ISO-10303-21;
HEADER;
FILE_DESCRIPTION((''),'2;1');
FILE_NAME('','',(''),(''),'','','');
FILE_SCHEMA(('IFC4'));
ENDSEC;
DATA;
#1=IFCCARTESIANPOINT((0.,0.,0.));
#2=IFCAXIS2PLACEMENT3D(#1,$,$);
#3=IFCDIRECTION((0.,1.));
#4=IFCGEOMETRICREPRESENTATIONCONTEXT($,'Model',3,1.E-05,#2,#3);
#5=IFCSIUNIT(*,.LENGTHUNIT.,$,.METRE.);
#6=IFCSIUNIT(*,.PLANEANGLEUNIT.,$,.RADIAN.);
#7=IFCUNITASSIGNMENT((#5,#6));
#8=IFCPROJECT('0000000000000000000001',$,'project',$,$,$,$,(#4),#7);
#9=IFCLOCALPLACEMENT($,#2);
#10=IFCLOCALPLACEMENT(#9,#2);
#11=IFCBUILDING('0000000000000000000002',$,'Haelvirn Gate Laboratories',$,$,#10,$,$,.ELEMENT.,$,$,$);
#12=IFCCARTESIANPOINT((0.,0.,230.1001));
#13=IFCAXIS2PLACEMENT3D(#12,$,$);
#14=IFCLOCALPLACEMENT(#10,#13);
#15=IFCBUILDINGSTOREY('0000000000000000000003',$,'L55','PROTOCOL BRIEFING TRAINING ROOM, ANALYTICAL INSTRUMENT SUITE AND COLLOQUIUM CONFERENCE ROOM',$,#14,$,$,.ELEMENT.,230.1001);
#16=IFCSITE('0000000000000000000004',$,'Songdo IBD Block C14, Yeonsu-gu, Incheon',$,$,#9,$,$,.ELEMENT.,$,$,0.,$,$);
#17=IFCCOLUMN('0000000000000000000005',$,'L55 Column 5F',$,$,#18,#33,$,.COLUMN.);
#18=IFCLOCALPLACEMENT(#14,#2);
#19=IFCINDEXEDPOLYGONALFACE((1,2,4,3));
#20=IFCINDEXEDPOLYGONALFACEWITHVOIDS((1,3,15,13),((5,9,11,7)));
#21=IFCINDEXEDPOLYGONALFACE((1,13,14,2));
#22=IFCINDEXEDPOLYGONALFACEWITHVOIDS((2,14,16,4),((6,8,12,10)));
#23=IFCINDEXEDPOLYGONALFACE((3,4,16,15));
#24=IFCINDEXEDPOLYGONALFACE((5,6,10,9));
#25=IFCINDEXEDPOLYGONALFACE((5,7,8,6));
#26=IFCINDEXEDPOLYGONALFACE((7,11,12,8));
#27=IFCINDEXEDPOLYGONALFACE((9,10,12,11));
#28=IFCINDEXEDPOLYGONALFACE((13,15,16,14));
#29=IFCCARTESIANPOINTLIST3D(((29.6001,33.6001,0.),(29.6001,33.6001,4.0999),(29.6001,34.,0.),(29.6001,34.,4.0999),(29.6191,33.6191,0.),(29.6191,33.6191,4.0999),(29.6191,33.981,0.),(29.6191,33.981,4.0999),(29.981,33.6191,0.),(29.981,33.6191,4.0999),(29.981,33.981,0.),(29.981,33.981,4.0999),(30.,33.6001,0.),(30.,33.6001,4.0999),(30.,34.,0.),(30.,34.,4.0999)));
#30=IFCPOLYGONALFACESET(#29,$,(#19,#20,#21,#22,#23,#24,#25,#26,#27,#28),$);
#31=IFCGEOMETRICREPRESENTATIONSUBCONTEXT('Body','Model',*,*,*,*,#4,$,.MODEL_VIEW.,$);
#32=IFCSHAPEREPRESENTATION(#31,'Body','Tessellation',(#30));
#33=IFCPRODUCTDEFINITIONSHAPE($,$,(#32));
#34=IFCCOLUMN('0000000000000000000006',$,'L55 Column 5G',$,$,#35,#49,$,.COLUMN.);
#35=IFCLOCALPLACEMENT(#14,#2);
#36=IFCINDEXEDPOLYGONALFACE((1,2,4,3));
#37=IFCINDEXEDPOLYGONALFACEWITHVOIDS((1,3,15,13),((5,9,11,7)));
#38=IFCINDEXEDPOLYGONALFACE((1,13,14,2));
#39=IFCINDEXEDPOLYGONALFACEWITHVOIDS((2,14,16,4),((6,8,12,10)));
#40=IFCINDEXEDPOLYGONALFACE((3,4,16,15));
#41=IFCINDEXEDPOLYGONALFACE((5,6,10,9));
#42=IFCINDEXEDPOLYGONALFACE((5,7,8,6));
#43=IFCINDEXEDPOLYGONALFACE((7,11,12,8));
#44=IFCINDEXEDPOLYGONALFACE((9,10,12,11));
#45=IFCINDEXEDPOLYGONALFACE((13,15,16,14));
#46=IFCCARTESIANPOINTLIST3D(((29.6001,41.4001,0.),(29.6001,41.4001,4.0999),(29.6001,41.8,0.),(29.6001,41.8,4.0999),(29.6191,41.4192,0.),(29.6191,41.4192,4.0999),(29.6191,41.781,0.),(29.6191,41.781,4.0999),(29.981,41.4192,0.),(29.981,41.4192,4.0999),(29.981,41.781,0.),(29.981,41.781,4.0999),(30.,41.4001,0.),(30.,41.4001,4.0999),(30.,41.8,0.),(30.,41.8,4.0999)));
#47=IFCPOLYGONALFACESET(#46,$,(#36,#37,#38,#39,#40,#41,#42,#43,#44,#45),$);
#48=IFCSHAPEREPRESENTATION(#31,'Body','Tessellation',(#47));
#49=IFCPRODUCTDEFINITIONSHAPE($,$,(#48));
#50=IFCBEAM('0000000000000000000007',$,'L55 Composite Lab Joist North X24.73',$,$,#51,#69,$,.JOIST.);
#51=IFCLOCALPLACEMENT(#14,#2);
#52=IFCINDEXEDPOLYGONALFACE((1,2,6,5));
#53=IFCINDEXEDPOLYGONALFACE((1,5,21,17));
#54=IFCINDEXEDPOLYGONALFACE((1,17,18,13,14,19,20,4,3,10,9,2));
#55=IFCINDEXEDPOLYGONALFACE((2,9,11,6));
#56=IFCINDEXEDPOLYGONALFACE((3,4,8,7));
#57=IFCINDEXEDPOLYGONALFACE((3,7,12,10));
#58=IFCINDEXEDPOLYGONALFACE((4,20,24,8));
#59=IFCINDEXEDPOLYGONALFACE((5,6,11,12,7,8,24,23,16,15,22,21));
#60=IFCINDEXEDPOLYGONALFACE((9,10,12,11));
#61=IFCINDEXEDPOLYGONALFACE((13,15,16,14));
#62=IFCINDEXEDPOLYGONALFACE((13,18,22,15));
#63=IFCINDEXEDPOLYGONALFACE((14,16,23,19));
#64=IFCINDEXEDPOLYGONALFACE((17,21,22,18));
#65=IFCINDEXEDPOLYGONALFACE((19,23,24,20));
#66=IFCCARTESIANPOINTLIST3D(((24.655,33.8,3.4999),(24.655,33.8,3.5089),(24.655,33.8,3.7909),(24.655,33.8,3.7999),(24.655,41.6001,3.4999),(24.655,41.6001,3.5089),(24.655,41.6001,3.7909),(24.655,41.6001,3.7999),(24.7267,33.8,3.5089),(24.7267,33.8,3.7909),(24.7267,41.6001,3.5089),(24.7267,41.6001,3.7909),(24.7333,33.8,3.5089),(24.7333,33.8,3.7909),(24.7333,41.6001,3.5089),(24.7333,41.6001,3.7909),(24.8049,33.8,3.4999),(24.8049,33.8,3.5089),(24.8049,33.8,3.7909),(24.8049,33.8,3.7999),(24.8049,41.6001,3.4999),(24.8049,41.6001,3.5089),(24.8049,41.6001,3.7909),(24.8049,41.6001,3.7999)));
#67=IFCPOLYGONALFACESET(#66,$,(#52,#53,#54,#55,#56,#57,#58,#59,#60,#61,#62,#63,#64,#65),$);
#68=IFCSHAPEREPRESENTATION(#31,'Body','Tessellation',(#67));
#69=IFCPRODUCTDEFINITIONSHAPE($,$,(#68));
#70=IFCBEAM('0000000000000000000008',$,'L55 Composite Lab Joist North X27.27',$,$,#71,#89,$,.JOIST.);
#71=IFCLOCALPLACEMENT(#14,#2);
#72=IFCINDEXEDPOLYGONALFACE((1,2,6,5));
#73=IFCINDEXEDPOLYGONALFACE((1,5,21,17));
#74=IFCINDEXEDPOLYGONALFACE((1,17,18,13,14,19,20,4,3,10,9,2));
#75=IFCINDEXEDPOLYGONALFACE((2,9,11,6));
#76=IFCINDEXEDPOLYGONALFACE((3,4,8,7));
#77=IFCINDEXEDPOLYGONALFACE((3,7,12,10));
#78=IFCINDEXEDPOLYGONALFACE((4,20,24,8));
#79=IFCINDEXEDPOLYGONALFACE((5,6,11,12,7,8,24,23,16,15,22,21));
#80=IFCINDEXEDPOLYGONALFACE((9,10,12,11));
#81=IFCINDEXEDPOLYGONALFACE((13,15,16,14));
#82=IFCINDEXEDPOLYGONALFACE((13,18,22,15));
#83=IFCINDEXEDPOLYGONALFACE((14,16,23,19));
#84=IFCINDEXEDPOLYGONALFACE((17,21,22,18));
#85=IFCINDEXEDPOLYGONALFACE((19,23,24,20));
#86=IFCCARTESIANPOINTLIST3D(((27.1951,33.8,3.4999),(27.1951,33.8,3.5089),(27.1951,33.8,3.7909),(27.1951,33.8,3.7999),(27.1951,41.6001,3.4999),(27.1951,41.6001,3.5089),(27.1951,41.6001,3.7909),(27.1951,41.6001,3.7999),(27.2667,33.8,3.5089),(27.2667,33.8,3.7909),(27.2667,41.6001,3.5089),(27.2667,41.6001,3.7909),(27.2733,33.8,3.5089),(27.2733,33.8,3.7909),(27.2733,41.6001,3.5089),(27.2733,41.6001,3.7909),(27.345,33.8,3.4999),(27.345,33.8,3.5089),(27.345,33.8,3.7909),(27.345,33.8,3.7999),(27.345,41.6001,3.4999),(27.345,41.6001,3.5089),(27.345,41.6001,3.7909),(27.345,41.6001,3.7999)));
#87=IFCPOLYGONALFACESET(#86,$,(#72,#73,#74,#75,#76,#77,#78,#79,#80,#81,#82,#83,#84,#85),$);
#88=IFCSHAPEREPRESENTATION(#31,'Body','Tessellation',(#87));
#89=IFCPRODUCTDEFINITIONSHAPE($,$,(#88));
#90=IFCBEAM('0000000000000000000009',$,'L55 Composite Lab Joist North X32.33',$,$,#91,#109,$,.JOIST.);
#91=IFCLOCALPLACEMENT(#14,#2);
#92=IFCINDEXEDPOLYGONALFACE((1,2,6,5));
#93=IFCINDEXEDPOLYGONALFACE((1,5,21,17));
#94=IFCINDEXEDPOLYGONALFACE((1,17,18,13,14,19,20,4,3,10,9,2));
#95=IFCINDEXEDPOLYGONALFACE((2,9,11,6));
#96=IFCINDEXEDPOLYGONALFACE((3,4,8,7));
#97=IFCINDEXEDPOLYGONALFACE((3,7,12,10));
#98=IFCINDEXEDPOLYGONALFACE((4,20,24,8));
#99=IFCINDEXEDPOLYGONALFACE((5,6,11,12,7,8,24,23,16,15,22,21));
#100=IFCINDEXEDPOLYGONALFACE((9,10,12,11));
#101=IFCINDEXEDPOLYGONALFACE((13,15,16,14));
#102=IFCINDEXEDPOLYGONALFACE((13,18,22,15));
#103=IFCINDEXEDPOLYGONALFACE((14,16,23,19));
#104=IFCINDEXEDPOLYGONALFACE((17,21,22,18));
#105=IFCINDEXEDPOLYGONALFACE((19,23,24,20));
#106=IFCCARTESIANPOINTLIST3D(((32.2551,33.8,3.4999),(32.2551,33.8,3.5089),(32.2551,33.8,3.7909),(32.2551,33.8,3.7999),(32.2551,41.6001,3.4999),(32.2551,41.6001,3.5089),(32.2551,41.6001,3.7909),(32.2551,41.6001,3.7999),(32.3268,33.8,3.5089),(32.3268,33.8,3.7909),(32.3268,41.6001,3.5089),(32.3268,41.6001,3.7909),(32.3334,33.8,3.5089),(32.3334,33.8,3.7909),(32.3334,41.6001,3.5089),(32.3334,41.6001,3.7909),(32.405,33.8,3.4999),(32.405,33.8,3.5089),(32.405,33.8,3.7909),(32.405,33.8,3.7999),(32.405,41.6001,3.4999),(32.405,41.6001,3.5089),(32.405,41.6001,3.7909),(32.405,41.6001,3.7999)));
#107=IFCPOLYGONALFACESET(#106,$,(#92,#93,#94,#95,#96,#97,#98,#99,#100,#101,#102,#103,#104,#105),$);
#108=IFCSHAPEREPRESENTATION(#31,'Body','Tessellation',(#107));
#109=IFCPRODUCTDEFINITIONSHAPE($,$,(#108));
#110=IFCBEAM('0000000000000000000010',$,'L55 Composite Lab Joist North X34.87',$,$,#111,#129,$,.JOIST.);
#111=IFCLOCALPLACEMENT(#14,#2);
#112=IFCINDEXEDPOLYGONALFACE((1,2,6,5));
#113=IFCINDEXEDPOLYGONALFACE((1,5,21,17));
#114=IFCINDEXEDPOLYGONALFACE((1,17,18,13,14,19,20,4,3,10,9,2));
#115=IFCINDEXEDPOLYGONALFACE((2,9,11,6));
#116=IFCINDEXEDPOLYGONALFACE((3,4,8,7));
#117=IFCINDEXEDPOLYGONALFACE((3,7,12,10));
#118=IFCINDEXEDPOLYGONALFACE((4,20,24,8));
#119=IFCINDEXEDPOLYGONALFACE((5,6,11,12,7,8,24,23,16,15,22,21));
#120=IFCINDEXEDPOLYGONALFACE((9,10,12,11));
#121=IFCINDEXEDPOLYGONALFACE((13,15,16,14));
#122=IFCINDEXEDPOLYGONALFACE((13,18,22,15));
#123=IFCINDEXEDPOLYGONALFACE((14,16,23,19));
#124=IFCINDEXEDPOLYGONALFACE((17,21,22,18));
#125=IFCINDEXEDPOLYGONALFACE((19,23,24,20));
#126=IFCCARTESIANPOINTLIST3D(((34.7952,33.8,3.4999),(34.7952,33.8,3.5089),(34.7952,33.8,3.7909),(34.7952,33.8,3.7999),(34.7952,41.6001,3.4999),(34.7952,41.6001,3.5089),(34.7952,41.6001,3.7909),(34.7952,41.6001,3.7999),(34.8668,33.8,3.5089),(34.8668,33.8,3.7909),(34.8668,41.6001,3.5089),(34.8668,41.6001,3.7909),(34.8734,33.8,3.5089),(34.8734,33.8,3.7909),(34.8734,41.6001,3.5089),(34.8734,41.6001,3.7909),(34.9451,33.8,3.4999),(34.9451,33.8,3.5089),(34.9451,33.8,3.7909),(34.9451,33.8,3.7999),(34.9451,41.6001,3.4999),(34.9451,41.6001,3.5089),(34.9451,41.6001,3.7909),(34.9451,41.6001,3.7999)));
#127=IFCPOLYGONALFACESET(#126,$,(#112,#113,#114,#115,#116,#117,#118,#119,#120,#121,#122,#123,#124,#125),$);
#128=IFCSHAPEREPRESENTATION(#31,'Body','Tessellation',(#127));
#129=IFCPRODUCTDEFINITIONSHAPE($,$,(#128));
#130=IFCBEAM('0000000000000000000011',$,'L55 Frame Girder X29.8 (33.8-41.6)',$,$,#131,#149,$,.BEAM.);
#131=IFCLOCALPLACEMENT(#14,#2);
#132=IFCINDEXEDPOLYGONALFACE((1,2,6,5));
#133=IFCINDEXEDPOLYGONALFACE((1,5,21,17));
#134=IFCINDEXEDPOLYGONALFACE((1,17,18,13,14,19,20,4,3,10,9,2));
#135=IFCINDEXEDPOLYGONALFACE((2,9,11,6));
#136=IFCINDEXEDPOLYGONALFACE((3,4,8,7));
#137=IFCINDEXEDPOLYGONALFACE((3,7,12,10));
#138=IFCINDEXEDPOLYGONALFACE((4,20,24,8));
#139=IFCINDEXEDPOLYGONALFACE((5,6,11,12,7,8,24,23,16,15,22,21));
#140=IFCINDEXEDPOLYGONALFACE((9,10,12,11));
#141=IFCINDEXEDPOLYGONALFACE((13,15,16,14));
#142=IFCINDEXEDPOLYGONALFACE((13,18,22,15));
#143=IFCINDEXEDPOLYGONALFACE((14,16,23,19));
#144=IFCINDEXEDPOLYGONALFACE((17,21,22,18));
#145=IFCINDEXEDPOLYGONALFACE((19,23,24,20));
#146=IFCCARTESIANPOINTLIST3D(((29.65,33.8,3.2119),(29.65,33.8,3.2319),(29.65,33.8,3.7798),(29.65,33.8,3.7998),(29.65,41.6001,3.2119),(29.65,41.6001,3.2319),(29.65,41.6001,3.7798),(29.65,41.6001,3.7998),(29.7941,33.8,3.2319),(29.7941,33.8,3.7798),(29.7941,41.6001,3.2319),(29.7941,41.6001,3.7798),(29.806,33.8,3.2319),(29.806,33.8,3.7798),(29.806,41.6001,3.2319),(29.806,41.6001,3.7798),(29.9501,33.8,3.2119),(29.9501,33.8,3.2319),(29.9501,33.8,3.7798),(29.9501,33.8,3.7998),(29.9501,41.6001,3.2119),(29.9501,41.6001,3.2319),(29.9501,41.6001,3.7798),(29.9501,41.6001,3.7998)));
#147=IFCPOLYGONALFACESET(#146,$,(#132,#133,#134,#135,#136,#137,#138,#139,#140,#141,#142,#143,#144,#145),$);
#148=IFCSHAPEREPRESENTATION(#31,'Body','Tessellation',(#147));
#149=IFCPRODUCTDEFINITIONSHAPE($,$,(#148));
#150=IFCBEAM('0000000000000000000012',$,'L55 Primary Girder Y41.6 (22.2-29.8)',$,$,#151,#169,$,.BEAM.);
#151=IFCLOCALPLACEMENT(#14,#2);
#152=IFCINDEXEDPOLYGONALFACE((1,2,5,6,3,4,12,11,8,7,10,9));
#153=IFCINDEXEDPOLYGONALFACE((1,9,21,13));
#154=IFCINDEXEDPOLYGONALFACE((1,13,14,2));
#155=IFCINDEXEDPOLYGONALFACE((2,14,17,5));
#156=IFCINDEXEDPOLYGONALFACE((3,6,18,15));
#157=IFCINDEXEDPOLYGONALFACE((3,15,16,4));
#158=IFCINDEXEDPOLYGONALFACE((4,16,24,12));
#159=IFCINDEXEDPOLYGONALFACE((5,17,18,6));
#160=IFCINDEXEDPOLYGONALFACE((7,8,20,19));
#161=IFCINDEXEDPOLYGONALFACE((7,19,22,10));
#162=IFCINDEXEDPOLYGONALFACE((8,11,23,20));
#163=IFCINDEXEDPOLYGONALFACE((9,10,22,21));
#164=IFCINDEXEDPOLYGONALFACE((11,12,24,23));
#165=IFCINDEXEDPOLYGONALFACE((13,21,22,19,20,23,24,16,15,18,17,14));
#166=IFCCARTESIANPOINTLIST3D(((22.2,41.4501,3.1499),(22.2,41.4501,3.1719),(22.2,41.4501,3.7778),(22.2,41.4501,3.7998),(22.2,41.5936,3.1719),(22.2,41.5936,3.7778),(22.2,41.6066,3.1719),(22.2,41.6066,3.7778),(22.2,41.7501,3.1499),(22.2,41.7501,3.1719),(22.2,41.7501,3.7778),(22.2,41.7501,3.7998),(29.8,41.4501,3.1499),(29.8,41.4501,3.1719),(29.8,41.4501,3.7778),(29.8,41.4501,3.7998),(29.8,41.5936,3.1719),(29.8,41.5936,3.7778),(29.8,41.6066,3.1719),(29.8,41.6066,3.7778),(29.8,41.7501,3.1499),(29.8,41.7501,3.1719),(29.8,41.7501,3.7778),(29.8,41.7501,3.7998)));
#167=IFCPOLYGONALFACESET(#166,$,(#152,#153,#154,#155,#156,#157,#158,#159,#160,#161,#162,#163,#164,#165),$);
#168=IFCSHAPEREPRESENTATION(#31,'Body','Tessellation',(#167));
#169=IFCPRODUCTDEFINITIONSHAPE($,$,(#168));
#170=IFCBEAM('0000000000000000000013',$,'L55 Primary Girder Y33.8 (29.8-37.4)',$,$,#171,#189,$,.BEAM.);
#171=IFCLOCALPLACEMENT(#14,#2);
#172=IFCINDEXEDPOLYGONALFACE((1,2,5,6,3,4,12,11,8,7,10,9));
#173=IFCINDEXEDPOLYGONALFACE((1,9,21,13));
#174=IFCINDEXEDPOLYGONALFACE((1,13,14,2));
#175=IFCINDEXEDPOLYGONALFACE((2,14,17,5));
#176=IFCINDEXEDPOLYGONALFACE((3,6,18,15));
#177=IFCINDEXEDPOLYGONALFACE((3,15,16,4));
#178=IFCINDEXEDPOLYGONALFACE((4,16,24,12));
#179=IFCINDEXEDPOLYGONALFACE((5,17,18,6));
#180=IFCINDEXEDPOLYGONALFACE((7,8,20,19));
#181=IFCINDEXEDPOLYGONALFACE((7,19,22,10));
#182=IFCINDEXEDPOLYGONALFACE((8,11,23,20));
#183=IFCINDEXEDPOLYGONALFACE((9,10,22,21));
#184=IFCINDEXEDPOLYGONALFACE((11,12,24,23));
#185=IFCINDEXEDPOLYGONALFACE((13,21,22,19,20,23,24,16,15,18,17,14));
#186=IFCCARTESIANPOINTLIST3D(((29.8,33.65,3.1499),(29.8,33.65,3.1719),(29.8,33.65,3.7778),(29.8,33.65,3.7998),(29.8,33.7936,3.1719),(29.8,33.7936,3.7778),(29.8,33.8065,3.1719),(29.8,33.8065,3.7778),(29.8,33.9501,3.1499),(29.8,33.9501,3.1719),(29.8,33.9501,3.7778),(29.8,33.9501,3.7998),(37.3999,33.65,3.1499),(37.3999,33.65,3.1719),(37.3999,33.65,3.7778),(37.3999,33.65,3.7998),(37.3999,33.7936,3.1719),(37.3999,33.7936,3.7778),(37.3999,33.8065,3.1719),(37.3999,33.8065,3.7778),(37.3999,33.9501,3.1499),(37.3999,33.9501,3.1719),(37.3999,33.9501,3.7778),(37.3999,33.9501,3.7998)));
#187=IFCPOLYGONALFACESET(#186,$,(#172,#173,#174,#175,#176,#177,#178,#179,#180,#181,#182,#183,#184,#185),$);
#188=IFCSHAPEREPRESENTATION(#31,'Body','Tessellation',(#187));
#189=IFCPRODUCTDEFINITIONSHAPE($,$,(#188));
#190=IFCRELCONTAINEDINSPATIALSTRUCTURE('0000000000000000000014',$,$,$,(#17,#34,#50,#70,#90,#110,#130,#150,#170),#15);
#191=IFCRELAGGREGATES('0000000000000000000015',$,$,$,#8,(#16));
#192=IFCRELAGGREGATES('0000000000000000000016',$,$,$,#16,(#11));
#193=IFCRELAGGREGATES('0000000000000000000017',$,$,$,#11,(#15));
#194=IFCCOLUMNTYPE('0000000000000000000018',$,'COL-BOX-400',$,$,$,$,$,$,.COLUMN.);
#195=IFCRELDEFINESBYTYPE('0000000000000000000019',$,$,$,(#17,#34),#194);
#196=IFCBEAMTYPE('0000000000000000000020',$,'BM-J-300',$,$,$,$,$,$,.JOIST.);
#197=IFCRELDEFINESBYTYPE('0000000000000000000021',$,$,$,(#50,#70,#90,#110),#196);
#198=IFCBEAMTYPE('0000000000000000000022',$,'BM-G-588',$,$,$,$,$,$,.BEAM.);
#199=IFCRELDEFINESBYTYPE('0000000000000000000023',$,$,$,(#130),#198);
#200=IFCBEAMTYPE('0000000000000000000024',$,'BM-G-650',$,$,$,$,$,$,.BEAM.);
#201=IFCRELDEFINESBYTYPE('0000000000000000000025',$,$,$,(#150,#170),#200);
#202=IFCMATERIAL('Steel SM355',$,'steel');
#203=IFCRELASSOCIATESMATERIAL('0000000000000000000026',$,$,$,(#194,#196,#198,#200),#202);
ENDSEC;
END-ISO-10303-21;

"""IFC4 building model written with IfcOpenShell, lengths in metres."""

from ifc_helpers import new_model, si_unit, direction, frame, origin, origin_2d, place, context, subcontext, project, spatial, hollow_rectangle, i_section, extrude, source, transform, mapped, material, material_profile, profile_set, type_object, type_shapes, element, save


model = new_model("IFC4")

# Units and contexts
model_context = context("Model", 3, precision=1e-05, world=origin(), true_north=direction((0.0, 1.0)))
body_context = subcontext(model_context, "Body", "Model", "MODEL_VIEW")
ifc_project = project(units=[si_unit("LENGTHUNIT", "METRE"), si_unit("PLANEANGLEUNIT", "RADIAN")], contexts=[model_context])

# Site, building, storey
site_placement = place(None, origin())
site = spatial("IfcSite", under=ifc_project, at=site_placement, Name="Songdo IBD Block C14, Yeonsu-gu, Incheon", CompositionType="ELEMENT", RefElevation=0.0)
building_placement = place(site_placement, origin())
building = spatial("IfcBuilding", under=site, at=building_placement, Name="Haelvirn Gate Laboratories", CompositionType="ELEMENT")
storey_placement = place(building_placement, frame((0.0, 0.0, 230.1001)))
storey = spatial("IfcBuildingStorey", under=building, at=storey_placement, Name="L55", Description="PROTOCOL BRIEFING TRAINING ROOM, ANALYTICAL INSTRUMENT SUITE AND COLLOQUIUM CONFERENCE ROOM", CompositionType="ELEMENT", Elevation=230.1001)

# Columns
ifc_material_1 = material(Name="Steel SM355", Category="steel")
ifc_material_profile_1 = material_profile(ifc_material_1, hollow_rectangle(XDim=0.3999, YDim=0.3999, WallThickness=0.019, at=origin_2d()), Name="BOX-400x400x19")
ifc_profile_set_1 = profile_set([ifc_material_profile_1], Name="Steel SM355")
column_type = type_object("IfcColumnType", Name="COL-BOX-400", PredefinedType="COLUMN", material=ifc_profile_set_1)
shared_shape_1 = source(origin(), body_context, "Body", "SweptSolid", [
    extrude(hollow_rectangle(XDim=0.3999, YDim=0.3999, WallThickness=0.019, at=origin_2d()), origin(), (0.0, 0.0, 1.0), 4.0999),
])
type_shapes(column_type, [shared_shape_1])
for number, where, z_axis, x_axis, name in (
    (1, (29.8, 33.8, 0.0), (0.0, 0.0, 1.0), (1.0, 0.0, 0.0), "L55 Column 5F"),
    (2, (29.8, 41.6001, 0.0), (0.0, 0.0, 1.0), (1.0, 0.0, 0.0), "L55 Column 5G"),
):
    element("IfcColumn", number, at=place(storey_placement, frame(where, z_axis=z_axis, x_axis=x_axis)), inside=storey, type_object=column_type, Name=name, PredefinedType="COLUMN", context=body_context, shape_type="MappedRepresentation", body=[
        mapped(shared_shape_1, transform((0.0, 0.0, 0.0), scale=1.0)),
    ])

# Beams
ifc_material_profile_2 = material_profile(ifc_material_1, i_section(OverallWidth=0.1499, OverallDepth=0.3, WebThickness=0.0066, FlangeThickness=0.009, at=origin_2d()), Name="H-300x150x6.5x9")
ifc_profile_set_2 = profile_set([ifc_material_profile_2], Name="Steel SM355")
beam_type_1 = type_object("IfcBeamType", Name="BM-J-300", PredefinedType="JOIST", material=ifc_profile_set_2)
shared_shape_2 = source(origin(), body_context, "Body", "SweptSolid", [
    extrude(i_section(OverallWidth=0.1499, OverallDepth=0.3, WebThickness=0.0066, FlangeThickness=0.009, at=origin_2d()), origin(), (0.0, 0.0, 1.0), 7.8),
])
type_shapes(beam_type_1, [shared_shape_2])
for number, where, z_axis, x_axis, name in (
    (3, (24.73, 33.8, 3.6499), (0.0, 1.0, 0.0), (-1.0, 0.0, 0.0), "L55 Composite Lab Joist North X24.73"),
    (4, (27.27, 33.8, 3.6499), (0.0, 1.0, 0.0), (-1.0, 0.0, 0.0), "L55 Composite Lab Joist North X27.27"),
    (5, (32.3301, 33.8, 3.6499), (0.0, 1.0, 0.0), (-1.0, 0.0, 0.0), "L55 Composite Lab Joist North X32.33"),
    (6, (34.8701, 33.8, 3.6499), (0.0, 1.0, 0.0), (-1.0, 0.0, 0.0), "L55 Composite Lab Joist North X34.87"),
):
    element("IfcBeam", number, at=place(storey_placement, frame(where, z_axis=z_axis, x_axis=x_axis)), inside=storey, type_object=beam_type_1, Name=name, PredefinedType="JOIST", context=body_context, shape_type="MappedRepresentation", body=[
        mapped(shared_shape_2, transform((0.0, 0.0, 0.0), scale=1.0)),
    ])
ifc_material_profile_3 = material_profile(ifc_material_1, i_section(OverallWidth=0.3, OverallDepth=0.5879, WebThickness=0.012, FlangeThickness=0.02, at=origin_2d()), Name="H-588x300x12x20")
ifc_profile_set_3 = profile_set([ifc_material_profile_3], Name="Steel SM355")
beam_type_2 = type_object("IfcBeamType", Name="BM-G-588", PredefinedType="BEAM", material=ifc_profile_set_3)
shared_shape_3 = source(origin(), body_context, "Body", "SweptSolid", [
    extrude(i_section(OverallWidth=0.3, OverallDepth=0.5879, WebThickness=0.012, FlangeThickness=0.02, at=origin_2d()), origin(), (0.0, 0.0, 1.0), 7.8),
])
type_shapes(beam_type_2, [shared_shape_3])
beam_1_placement = place(storey_placement, frame((29.8, 33.8, 3.5059), z_axis=(0.0, 1.0, 0.0), x_axis=(-1.0, 0.0, 0.0)))
element("IfcBeam", 7, at=beam_1_placement, inside=storey, type_object=beam_type_2, Name="L55 Frame Girder X29.8 (33.8-41.6)", PredefinedType="BEAM", context=body_context, shape_type="MappedRepresentation", body=[
    mapped(shared_shape_3, transform((0.0, 0.0, 0.0), scale=1.0)),
])
ifc_material_profile_4 = material_profile(ifc_material_1, i_section(OverallWidth=0.3, OverallDepth=0.6499, WebThickness=0.0129, FlangeThickness=0.022, at=origin_2d()), Name="H-650x300x13x22")
ifc_profile_set_4 = profile_set([ifc_material_profile_4], Name="Steel SM355")
beam_type_3 = type_object("IfcBeamType", Name="BM-G-650", PredefinedType="BEAM", material=ifc_profile_set_4)
shared_shape_4 = source(origin(), body_context, "Body", "SweptSolid", [
    extrude(i_section(OverallWidth=0.3, OverallDepth=0.6499, WebThickness=0.0129, FlangeThickness=0.022, at=origin_2d()), origin(), (0.0, 0.0, 1.0), 7.6001),
])
beam_2_placement = place(storey_placement, frame((22.2, 41.6001, 3.4749), z_axis=(1.0, 0.0, 0.0), x_axis=(0.0, 1.0, 0.0)))
element("IfcBeam", 8, at=beam_2_placement, inside=storey, type_object=beam_type_3, Name="L55 Primary Girder Y41.6 (22.2-29.8)", PredefinedType="BEAM", context=body_context, shape_type="MappedRepresentation", body=[
    mapped(shared_shape_4, transform((0.0, 0.0, 0.0), scale=1.0)),
])
shared_shape_5 = source(origin(), body_context, "Body", "SweptSolid", [
    extrude(i_section(OverallWidth=0.3, OverallDepth=0.6499, WebThickness=0.0129, FlangeThickness=0.022, at=origin_2d()), origin(), (0.0, 0.0, 1.0), 7.5999),
])
type_shapes(beam_type_3, [shared_shape_4, shared_shape_5])
for number, where, z_axis, x_axis, name in (
    (9, (29.8, 33.8, 3.4749), (1.0, 0.0, 0.0), (0.0, 1.0, 0.0), "L55 Primary Girder Y33.8 (29.8-37.4)"),
):
    element("IfcBeam", number, at=place(storey_placement, frame(where, z_axis=z_axis, x_axis=x_axis)), inside=storey, type_object=beam_type_3, Name=name, PredefinedType="BEAM", context=body_context, shape_type="MappedRepresentation", body=[
        mapped(shared_shape_5, transform((0.0, 0.0, 0.0), scale=1.0)),
    ])

save(model, "model.ifc")
